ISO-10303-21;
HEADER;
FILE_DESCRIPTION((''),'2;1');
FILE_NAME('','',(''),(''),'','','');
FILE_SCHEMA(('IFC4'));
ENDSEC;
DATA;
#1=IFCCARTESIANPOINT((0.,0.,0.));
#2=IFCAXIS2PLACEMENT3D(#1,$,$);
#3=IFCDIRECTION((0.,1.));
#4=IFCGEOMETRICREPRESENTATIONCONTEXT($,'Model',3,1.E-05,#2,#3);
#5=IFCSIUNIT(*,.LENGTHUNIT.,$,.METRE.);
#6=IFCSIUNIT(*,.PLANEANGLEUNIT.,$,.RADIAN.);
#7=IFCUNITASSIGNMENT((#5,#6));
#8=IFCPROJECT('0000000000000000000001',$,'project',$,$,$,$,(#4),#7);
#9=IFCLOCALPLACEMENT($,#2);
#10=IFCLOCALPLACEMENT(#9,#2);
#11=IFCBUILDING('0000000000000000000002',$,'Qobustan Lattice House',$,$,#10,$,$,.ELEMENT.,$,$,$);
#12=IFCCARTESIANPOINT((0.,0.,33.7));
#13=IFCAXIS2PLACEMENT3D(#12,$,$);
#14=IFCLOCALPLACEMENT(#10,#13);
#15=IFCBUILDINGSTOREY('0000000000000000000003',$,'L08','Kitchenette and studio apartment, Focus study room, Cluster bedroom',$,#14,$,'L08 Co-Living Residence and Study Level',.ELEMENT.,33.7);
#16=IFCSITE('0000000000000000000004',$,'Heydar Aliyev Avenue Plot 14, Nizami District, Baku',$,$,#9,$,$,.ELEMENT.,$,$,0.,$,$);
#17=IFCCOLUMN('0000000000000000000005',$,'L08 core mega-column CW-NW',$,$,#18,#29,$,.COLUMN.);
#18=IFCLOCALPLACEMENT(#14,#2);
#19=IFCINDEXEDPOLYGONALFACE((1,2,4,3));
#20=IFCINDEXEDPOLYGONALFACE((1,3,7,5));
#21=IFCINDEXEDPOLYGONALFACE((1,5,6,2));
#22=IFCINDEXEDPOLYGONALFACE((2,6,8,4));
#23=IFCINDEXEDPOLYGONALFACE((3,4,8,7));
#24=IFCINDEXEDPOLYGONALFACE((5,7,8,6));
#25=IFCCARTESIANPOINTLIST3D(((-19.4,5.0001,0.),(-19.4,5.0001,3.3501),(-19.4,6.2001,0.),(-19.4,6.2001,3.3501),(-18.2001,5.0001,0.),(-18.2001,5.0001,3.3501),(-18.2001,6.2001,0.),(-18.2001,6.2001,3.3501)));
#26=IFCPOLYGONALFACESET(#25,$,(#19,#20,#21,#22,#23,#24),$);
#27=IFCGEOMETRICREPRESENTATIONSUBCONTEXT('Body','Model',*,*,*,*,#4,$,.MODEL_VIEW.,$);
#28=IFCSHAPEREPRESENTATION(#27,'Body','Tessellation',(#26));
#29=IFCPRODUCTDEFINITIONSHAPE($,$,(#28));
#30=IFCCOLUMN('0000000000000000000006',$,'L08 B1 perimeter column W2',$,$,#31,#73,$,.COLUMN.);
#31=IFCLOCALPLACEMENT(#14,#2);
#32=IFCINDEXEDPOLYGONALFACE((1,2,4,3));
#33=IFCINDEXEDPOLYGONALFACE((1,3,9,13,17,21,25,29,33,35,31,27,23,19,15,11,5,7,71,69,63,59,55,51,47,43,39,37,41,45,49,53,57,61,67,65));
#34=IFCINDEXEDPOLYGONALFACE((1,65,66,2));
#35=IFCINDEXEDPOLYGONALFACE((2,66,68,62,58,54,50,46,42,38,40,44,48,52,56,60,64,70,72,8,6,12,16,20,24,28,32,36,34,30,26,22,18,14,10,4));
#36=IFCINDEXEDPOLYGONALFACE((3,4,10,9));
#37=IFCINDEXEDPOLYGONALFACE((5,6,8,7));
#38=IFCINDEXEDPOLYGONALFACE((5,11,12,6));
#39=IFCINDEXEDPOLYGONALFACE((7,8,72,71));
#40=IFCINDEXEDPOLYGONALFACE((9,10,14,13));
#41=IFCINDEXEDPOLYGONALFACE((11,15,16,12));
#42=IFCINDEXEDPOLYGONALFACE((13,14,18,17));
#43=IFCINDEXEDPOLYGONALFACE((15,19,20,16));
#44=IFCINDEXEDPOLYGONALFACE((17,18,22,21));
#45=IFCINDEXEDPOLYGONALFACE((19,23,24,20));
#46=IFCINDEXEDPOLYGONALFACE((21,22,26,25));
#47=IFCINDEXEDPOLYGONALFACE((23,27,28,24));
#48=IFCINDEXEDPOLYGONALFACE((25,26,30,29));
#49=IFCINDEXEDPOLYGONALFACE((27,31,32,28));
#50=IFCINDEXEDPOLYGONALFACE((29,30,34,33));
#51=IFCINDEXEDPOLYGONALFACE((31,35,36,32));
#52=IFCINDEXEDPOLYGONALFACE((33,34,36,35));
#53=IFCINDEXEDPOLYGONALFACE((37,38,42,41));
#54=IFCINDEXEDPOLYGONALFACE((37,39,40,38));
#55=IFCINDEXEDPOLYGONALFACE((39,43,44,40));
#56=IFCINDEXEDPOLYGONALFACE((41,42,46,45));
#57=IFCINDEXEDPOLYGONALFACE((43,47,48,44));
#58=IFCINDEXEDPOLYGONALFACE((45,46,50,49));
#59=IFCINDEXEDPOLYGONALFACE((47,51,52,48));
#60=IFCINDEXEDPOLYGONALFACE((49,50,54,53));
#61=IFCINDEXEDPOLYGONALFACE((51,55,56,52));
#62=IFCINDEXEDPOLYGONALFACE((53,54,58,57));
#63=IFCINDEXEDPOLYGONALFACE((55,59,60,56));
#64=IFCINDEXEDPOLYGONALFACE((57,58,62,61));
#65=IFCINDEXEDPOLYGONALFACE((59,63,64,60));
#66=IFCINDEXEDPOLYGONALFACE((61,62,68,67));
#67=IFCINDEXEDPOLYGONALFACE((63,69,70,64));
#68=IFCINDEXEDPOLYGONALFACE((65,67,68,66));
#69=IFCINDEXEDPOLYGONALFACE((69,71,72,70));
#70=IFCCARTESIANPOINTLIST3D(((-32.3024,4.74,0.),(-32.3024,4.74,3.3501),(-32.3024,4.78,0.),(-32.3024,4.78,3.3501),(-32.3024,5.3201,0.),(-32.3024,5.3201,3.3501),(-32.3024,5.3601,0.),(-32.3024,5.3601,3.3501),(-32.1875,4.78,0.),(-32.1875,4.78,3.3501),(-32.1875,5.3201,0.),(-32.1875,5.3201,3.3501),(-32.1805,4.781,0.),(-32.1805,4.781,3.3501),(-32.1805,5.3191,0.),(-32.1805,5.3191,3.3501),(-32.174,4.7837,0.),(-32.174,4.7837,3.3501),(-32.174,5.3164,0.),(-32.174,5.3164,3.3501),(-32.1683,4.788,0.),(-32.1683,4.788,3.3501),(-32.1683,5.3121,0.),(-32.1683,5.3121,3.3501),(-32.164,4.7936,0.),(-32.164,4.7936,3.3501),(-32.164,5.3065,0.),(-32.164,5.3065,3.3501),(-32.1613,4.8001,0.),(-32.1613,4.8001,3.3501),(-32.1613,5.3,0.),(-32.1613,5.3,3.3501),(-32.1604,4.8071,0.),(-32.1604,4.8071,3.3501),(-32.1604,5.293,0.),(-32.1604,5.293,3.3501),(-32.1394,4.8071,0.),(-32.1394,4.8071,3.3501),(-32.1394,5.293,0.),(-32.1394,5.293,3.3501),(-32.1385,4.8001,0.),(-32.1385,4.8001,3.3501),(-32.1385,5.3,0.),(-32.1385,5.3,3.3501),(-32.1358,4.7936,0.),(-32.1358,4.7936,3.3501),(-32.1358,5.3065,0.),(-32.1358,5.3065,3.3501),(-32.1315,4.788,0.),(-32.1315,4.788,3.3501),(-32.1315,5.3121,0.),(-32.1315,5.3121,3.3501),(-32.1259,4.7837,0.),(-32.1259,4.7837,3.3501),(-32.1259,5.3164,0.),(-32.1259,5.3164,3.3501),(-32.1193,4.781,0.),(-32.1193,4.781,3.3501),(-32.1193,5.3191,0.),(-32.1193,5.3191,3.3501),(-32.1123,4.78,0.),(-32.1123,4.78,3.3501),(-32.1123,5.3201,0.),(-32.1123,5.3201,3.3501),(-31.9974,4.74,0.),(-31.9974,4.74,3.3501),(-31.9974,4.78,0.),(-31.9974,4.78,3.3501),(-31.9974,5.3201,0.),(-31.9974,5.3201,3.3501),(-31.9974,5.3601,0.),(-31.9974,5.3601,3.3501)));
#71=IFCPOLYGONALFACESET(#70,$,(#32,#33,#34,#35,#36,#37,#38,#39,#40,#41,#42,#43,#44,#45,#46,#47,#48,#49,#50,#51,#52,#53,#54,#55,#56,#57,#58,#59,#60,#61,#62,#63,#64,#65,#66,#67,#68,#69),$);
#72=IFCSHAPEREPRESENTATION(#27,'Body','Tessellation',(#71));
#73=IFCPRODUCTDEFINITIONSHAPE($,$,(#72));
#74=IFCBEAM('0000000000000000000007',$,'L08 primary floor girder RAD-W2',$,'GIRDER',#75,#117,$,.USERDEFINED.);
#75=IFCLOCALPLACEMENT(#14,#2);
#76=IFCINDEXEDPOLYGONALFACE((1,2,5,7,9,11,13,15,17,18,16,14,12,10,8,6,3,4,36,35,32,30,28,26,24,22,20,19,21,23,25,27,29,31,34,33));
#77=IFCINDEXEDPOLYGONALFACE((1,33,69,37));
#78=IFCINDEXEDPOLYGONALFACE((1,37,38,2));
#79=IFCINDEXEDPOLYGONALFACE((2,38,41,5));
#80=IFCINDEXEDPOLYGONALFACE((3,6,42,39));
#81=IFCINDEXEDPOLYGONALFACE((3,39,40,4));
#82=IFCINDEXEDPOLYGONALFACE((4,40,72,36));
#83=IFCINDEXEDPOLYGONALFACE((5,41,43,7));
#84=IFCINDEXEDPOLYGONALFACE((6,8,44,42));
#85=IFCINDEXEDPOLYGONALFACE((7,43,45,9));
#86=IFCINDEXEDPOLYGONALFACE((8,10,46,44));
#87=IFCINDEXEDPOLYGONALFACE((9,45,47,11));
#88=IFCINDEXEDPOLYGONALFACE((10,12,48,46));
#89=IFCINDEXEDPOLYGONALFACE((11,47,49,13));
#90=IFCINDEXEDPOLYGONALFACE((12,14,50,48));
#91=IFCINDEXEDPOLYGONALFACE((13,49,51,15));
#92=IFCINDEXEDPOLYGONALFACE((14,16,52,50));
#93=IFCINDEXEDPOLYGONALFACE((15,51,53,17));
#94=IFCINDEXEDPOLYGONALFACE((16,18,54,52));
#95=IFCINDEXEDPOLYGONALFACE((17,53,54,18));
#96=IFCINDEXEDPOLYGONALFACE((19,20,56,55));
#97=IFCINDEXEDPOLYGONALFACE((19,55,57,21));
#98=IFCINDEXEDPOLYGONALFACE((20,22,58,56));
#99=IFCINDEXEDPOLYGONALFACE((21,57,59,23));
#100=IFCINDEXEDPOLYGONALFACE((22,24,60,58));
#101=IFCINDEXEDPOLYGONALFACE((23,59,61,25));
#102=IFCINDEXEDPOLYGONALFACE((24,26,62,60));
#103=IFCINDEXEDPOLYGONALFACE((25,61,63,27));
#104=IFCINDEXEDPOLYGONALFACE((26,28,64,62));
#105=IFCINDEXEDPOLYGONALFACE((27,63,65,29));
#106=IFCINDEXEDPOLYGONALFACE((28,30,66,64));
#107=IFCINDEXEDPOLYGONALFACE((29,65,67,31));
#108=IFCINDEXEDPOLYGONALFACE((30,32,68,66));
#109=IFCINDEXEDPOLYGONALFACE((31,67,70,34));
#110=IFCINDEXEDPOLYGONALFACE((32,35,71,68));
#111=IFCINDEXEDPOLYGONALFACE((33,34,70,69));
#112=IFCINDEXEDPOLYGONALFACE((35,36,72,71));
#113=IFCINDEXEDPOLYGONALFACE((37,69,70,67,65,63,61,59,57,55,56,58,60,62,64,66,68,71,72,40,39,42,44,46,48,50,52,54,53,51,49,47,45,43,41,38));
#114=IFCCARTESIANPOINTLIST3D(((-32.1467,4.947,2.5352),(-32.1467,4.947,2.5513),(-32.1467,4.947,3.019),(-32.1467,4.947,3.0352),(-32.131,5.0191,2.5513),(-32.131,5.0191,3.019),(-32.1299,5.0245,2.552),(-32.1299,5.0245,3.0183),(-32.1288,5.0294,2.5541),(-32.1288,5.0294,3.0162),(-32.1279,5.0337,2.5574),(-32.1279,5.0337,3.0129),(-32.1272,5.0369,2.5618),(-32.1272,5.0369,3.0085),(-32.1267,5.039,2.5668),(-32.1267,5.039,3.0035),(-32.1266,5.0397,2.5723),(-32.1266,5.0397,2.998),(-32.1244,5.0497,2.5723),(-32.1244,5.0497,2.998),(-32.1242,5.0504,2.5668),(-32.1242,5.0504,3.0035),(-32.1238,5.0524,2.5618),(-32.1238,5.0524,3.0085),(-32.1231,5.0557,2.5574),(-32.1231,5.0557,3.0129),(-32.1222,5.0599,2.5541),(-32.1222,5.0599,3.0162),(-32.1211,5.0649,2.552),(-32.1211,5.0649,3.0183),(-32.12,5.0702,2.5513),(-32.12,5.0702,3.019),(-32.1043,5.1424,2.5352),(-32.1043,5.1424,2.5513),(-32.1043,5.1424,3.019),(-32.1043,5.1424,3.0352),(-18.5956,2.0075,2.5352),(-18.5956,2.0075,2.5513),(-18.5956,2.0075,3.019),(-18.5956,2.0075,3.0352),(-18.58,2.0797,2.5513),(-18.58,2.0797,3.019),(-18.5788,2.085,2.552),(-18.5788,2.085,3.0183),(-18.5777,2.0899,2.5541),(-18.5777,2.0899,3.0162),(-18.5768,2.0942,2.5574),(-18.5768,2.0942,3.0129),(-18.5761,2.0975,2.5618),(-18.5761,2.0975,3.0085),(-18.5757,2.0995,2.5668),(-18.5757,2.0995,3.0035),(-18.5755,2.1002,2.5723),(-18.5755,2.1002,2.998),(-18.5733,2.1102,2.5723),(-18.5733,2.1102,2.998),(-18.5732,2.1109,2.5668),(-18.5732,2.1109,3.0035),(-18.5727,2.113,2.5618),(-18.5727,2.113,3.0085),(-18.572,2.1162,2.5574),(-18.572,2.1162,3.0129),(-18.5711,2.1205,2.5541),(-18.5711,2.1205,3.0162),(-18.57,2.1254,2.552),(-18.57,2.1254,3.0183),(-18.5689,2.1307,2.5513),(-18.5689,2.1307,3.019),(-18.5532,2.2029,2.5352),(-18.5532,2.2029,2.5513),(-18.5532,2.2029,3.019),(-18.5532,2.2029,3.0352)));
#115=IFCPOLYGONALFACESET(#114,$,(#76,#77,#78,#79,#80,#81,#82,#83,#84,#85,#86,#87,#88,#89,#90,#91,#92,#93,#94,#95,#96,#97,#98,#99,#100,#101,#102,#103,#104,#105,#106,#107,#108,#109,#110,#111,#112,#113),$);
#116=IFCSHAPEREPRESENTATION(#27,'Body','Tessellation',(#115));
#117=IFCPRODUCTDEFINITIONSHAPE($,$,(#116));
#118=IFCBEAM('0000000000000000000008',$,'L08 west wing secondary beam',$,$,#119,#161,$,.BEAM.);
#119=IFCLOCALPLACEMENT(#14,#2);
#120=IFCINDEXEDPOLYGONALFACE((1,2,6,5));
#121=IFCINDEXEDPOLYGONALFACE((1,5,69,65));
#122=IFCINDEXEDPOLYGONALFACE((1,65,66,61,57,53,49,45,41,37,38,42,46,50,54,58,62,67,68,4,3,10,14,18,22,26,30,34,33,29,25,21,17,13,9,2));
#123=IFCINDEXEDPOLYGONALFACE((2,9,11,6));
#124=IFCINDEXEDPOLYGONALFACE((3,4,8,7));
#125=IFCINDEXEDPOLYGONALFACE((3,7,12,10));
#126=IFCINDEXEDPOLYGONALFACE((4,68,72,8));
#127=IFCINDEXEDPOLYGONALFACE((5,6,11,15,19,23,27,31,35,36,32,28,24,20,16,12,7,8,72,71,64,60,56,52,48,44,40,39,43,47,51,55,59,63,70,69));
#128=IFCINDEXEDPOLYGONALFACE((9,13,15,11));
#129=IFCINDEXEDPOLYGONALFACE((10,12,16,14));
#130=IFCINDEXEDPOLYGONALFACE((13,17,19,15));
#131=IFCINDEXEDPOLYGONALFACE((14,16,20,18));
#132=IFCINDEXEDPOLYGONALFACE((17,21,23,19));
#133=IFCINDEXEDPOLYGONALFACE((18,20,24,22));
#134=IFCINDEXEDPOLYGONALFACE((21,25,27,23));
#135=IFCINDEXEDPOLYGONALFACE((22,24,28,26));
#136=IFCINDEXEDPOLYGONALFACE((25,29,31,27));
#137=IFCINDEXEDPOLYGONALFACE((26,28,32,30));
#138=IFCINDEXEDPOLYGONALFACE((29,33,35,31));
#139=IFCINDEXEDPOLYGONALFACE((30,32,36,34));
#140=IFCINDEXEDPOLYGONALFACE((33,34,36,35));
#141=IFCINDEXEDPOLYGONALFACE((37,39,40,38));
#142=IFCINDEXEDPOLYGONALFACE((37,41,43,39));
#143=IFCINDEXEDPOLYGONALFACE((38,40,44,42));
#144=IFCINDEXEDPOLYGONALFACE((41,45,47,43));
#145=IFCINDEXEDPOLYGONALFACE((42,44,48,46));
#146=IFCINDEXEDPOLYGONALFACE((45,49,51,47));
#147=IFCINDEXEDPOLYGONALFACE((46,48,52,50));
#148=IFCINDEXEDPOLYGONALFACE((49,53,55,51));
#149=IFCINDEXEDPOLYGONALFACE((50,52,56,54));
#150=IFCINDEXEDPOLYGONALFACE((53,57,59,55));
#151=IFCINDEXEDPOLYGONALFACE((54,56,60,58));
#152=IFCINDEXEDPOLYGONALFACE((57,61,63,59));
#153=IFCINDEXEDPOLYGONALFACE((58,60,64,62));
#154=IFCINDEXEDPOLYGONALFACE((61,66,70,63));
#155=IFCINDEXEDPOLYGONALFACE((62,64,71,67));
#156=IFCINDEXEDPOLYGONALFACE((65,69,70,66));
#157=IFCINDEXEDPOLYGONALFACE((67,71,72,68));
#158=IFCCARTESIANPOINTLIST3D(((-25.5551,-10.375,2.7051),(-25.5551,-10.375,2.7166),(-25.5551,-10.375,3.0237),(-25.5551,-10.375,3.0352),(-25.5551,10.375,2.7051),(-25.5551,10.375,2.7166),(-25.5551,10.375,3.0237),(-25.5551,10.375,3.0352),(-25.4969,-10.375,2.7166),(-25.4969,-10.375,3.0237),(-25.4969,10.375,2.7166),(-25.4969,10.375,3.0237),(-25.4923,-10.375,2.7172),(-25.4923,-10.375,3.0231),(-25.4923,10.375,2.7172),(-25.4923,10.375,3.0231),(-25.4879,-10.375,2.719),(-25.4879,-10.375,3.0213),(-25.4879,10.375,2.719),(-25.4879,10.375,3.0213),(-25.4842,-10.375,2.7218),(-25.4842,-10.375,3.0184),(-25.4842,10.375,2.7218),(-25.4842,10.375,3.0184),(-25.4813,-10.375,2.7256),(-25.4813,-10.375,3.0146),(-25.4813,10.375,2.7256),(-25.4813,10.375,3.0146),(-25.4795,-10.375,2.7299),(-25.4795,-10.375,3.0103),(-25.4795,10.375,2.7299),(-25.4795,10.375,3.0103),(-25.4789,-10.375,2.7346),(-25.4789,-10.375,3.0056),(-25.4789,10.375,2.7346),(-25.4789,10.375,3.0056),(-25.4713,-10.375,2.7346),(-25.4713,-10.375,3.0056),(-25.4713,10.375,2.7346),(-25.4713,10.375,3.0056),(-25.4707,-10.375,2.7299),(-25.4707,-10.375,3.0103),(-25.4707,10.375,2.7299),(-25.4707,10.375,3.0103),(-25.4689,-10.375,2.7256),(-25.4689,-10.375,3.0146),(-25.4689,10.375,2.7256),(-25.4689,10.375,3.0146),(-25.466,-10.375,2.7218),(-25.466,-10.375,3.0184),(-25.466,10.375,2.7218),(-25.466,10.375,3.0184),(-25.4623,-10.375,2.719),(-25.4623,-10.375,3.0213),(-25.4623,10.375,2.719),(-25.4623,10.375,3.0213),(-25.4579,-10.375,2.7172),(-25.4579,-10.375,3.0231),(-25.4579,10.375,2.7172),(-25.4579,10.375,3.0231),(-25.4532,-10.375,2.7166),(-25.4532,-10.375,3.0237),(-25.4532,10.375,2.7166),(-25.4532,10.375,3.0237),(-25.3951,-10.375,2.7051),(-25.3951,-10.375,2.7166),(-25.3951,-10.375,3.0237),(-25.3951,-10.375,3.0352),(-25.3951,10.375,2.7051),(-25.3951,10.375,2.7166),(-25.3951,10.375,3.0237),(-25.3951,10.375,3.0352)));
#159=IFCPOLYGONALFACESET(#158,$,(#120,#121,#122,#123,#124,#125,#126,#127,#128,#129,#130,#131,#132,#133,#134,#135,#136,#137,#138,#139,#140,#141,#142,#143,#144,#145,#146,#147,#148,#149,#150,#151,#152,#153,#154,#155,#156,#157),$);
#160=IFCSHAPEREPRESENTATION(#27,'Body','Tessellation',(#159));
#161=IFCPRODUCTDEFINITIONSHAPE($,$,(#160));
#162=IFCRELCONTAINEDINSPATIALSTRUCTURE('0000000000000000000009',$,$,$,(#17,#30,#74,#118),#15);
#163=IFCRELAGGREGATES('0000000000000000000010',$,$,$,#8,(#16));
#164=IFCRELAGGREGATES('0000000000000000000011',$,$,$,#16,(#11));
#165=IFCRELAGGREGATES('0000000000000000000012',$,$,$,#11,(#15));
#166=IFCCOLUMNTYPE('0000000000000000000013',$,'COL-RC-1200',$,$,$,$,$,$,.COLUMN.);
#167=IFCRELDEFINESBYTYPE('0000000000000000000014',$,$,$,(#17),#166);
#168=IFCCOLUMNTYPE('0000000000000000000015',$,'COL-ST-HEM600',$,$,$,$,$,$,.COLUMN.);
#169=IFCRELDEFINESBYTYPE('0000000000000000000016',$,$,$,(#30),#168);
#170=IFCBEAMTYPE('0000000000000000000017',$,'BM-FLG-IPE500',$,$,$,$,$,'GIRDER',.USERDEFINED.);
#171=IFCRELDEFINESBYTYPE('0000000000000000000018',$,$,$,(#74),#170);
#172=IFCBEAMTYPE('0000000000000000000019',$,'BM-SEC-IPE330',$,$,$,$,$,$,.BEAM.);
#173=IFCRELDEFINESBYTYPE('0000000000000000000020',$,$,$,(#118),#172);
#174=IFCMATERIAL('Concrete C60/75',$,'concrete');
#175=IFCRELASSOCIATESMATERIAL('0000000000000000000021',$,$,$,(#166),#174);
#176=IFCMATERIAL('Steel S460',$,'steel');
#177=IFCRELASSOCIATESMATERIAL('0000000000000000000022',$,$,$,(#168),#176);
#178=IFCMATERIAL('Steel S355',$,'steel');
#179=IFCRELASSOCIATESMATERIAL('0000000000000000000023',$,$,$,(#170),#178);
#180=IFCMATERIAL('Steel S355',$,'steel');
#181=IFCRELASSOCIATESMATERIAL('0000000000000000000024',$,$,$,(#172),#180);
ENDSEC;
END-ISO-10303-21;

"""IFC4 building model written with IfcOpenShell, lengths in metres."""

from ifc_helpers import new_model, si_unit, direction, frame, origin, origin_2d, place, context, subcontext, project, spatial, rectangle, i_section, extrude, material, material_profile, profile_set, type_object, element, save


model = new_model("IFC4")

# Units and contexts
model_context = context("Model", 3, precision=1e-05, world=origin(), true_north=direction((0.0, 1.0)))
body_context = subcontext(model_context, "Body", "Model", "MODEL_VIEW")
ifc_project = project(units=[si_unit("LENGTHUNIT", "METRE"), si_unit("PLANEANGLEUNIT", "RADIAN")], contexts=[model_context])

# Site, building, storey
site_placement = place(None, origin())
site = spatial("IfcSite", under=ifc_project, at=site_placement, Name="Heydar Aliyev Avenue Plot 14, Nizami District, Baku", CompositionType="ELEMENT", RefElevation=0.0)
building_placement = place(site_placement, origin())
building = spatial("IfcBuilding", under=site, at=building_placement, Name="Qobustan Lattice House", CompositionType="ELEMENT")
storey_placement = place(building_placement, frame((0.0, 0.0, 33.7)))
storey = spatial("IfcBuildingStorey", under=building, at=storey_placement, Name="L08", Description="Kitchenette and studio apartment, Focus study room, Cluster bedroom", LongName="L08 Co-Living Residence and Study Level", CompositionType="ELEMENT", Elevation=33.7)

# Columns
ifc_material_1 = material(Name="Concrete C60/75", Category="concrete")
ifc_material_profile_1 = material_profile(ifc_material_1, rectangle(XDim=1.2, YDim=1.2, at=origin_2d()), Name="RC1200x1200")
ifc_profile_set_1 = profile_set([ifc_material_profile_1], Name="Concrete C60/75")
column_type_1 = type_object("IfcColumnType", Name="COL-RC-1200", PredefinedType="COLUMN", material=ifc_profile_set_1)
column_1_placement = place(storey_placement, frame((-18.8, 5.6001, 0.0), z_axis=(0.0, 0.0, 1.0), x_axis=(1.0, 0.0, 0.0)))
element("IfcColumn", 1, at=column_1_placement, inside=storey, type_object=column_type_1, Name="L08 core mega-column CW-NW", PredefinedType="COLUMN", context=body_context, shape_type="SweptSolid", body=[
    extrude(rectangle(XDim=1.2, YDim=1.2, at=origin_2d()), origin(), (0.0, 0.0, 1.0), 3.3501),
])
ifc_material_2 = material(Name="Steel S460", Category="steel")
ifc_material_profile_2 = material_profile(ifc_material_2, i_section(OverallWidth=0.3049, OverallDepth=0.6201, WebThickness=0.021, FlangeThickness=0.04, FilletRadius=0.0271, at=origin_2d()), Name="HEM600")
ifc_profile_set_2 = profile_set([ifc_material_profile_2], Name="Steel S460")
column_type_2 = type_object("IfcColumnType", Name="COL-ST-HEM600", PredefinedType="COLUMN", material=ifc_profile_set_2)
column_2_placement = place(storey_placement, frame((-32.1499, 5.05, 0.0), z_axis=(0.0, 0.0, 1.0), x_axis=(1.0, 0.0, 0.0)))
element("IfcColumn", 2, at=column_2_placement, inside=storey, type_object=column_type_2, Name="L08 B1 perimeter column W2", PredefinedType="COLUMN", context=body_context, shape_type="SweptSolid", body=[
    extrude(i_section(OverallWidth=0.3049, OverallDepth=0.6201, WebThickness=0.021, FlangeThickness=0.04, FilletRadius=0.0271, at=origin_2d()), origin(), (0.0, 0.0, 1.0), 3.3501),
])

# Beams
ifc_material_3 = material(Name="Steel S355", Category="steel")
ifc_material_profile_3 = material_profile(ifc_material_3, i_section(OverallWidth=0.2, OverallDepth=0.5, WebThickness=0.0103, FlangeThickness=0.0161, FilletRadius=0.021, at=origin_2d()), Name="IPE500")
ifc_profile_set_3 = profile_set([ifc_material_profile_3], Name="Steel S355")
beam_type_1 = type_object("IfcBeamType", Name="BM-FLG-IPE500", ElementType="GIRDER", PredefinedType="USERDEFINED", material=ifc_profile_set_3)
beam_1_placement = place(storey_placement, frame((-32.1255, 5.0447, 2.7852), z_axis=(0.977272, -0.211987, 0.0), x_axis=(0.211987, 0.977272, 0.0)))
element("IfcBeam", 3, at=beam_1_placement, inside=storey, type_object=beam_type_1, Name="L08 primary floor girder RAD-W2", ObjectType="GIRDER", PredefinedType="USERDEFINED", context=body_context, shape_type="SweptSolid", body=[
    extrude(i_section(OverallWidth=0.2, OverallDepth=0.5, WebThickness=0.0103, FlangeThickness=0.0161, FilletRadius=0.021, at=origin_2d()), origin(), (0.0, 0.0, 1.0), 13.8662),
])
ifc_material_4 = material(Name="Steel S355", Category="steel")
ifc_material_profile_4 = material_profile(ifc_material_4, i_section(OverallWidth=0.1599, OverallDepth=0.3301, WebThickness=0.0076, FlangeThickness=0.0115, FilletRadius=0.0181, at=origin_2d()), Name="IPE330")
ifc_profile_set_4 = profile_set([ifc_material_profile_4], Name="Steel S355")
beam_type_2 = type_object("IfcBeamType", Name="BM-SEC-IPE330", PredefinedType="BEAM", material=ifc_profile_set_4)
beam_2_placement = place(storey_placement, frame((-25.4751, 10.375, 2.8701), z_axis=(0.0, -1.0, 0.0), x_axis=(1.0, 0.0, 0.0)))
element("IfcBeam", 4, at=beam_2_placement, inside=storey, type_object=beam_type_2, Name="L08 west wing secondary beam", PredefinedType="BEAM", context=body_context, shape_type="SweptSolid", body=[
    extrude(i_section(OverallWidth=0.1599, OverallDepth=0.3301, WebThickness=0.0076, FlangeThickness=0.0115, FilletRadius=0.0181, at=origin_2d()), origin(), (0.0, 0.0, 1.0), 20.75),
])

save(model, "model.ifc")
